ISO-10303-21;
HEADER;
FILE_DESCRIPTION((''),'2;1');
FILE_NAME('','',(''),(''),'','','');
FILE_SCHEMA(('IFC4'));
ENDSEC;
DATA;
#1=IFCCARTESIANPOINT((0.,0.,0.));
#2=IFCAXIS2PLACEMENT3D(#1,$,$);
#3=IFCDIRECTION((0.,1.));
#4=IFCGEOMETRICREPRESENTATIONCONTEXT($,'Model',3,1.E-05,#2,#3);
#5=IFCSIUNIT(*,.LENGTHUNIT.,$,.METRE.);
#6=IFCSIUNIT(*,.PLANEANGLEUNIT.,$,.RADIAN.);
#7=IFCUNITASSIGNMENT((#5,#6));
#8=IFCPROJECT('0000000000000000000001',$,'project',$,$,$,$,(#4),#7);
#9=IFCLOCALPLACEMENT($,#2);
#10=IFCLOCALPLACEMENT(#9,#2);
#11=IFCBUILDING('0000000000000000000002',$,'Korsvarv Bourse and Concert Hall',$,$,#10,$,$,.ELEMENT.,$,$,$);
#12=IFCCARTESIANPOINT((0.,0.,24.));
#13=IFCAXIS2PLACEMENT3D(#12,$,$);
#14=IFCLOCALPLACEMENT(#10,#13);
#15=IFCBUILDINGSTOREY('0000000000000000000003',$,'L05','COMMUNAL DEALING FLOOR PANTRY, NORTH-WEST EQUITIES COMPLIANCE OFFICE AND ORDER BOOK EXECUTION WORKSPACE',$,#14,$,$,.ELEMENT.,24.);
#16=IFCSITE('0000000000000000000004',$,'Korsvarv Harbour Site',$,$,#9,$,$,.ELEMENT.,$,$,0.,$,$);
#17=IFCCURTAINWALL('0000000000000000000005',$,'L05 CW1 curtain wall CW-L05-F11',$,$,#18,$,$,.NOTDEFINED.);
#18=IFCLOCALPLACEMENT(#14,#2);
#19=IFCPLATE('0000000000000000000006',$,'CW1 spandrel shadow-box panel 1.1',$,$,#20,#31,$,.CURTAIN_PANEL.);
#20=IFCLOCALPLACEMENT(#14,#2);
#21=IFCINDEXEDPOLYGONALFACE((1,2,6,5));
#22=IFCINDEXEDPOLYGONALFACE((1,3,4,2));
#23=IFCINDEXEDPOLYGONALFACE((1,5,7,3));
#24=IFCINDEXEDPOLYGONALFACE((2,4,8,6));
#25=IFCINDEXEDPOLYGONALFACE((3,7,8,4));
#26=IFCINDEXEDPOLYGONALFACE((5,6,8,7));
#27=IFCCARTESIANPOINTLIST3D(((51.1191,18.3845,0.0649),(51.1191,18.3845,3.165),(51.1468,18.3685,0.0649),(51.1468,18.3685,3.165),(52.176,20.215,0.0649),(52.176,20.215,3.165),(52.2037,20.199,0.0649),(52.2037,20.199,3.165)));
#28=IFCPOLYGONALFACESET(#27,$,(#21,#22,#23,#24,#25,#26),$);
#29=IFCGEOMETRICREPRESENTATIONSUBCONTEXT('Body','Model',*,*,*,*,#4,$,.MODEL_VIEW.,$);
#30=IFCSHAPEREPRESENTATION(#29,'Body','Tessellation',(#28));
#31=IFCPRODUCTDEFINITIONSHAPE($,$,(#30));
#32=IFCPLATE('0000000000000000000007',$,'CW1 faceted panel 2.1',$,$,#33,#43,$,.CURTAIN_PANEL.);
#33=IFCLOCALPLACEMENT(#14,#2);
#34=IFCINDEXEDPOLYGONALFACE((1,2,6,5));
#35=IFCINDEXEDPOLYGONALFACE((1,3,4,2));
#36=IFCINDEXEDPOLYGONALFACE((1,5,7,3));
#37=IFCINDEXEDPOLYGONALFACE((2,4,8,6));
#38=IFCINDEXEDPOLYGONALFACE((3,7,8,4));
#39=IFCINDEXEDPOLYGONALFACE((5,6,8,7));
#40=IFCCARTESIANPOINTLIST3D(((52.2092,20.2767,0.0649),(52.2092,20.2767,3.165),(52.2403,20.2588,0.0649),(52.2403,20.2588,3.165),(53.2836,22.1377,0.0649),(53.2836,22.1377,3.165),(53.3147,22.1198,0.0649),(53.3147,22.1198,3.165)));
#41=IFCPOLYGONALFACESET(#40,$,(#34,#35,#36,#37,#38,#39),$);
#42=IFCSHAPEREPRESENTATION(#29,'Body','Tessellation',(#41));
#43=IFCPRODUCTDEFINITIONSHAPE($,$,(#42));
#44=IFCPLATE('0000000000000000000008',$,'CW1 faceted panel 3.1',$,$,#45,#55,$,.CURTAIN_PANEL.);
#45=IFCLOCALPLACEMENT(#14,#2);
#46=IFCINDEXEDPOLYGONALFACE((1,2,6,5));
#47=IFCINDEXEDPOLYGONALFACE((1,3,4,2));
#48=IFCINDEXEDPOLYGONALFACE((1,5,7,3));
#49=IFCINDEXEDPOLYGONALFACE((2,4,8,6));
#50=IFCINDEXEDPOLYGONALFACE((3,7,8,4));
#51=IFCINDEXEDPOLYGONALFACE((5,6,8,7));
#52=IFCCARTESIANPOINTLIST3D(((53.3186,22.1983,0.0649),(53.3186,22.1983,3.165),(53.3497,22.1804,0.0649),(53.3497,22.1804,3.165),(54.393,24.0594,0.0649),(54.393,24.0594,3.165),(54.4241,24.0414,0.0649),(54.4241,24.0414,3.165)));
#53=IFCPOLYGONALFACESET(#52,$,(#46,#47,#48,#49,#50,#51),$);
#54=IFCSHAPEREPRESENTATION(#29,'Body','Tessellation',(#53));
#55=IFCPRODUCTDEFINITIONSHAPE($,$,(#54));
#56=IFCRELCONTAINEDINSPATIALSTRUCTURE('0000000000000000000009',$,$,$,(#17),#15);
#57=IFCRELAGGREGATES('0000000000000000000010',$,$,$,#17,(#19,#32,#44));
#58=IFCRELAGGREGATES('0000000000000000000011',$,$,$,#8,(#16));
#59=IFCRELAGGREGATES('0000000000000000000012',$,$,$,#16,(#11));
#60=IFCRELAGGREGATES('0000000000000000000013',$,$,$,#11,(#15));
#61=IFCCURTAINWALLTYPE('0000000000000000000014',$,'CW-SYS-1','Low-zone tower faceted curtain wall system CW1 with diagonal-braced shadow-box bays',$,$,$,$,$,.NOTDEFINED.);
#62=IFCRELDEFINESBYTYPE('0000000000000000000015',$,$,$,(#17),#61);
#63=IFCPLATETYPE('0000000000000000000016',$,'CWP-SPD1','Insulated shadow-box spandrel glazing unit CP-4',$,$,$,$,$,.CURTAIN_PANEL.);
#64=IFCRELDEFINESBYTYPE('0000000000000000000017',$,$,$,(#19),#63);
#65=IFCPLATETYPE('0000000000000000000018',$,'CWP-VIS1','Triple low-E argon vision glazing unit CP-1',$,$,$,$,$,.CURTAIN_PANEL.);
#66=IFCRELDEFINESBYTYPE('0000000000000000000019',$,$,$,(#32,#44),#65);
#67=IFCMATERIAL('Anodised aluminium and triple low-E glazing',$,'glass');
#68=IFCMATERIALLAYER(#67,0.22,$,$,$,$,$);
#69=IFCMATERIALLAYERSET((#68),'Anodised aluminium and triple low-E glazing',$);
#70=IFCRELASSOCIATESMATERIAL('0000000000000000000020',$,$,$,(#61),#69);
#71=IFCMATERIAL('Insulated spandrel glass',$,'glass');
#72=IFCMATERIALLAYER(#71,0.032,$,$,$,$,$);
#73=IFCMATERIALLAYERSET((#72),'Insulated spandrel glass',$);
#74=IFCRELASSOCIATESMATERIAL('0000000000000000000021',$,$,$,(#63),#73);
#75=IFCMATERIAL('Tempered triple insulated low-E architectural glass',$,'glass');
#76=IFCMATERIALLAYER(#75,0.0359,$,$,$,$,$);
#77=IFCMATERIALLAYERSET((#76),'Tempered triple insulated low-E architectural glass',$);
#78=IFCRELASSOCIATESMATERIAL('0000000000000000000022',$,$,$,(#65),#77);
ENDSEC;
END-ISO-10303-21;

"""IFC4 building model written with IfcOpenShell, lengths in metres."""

from ifc_helpers import new_model, si_unit, direction, frame, origin, origin_2d, place, context, subcontext, project, spatial, rectangle, extrude, source, transform, mapped, material, layer, layer_set, type_object, element, aggregate, save


model = new_model("IFC4")

# Units and contexts
model_context = context("Model", 3, precision=1e-05, world=origin(), true_north=direction((0.0, 1.0)))
body_context = subcontext(model_context, "Body", "Model", "MODEL_VIEW")
ifc_project = project(units=[si_unit("LENGTHUNIT", "METRE"), si_unit("PLANEANGLEUNIT", "RADIAN")], contexts=[model_context])

# Site, building, storey
site_placement = place(None, origin())
site = spatial("IfcSite", under=ifc_project, at=site_placement, Name="Korsvarv Harbour Site", CompositionType="ELEMENT", RefElevation=0.0)
building_placement = place(site_placement, origin())
building = spatial("IfcBuilding", under=site, at=building_placement, Name="Korsvarv Bourse and Concert Hall", CompositionType="ELEMENT")
storey_placement = place(building_placement, frame((0.0, 0.0, 24.0)))
storey = spatial("IfcBuildingStorey", under=building, at=storey_placement, Name="L05", Description="COMMUNAL DEALING FLOOR PANTRY, NORTH-WEST EQUITIES COMPLIANCE OFFICE AND ORDER BOOK EXECUTION WORKSPACE", CompositionType="ELEMENT", Elevation=24.0)

# Curtain wall, plates
ifc_material_1 = material(Name="Anodised aluminium and triple low-E glazing", Category="glass")
ifc_layer_1 = layer(ifc_material_1, 0.22)
ifc_layer_set_1 = layer_set([ifc_layer_1], Name="Anodised aluminium and triple low-E glazing")
curtain_wall_type = type_object("IfcCurtainWallType", Name="CW-SYS-1", Description="Low-zone tower faceted curtain wall system CW1 with diagonal-braced shadow-box bays", PredefinedType="NOTDEFINED", material=ifc_layer_set_1)
curtain_wall_placement = place(storey_placement, origin())
curtain_wall = element("IfcCurtainWall", 1, at=curtain_wall_placement, inside=storey, type_object=curtain_wall_type, Name="L05 CW1 curtain wall CW-L05-F11", PredefinedType="NOTDEFINED")
ifc_material_2 = material(Name="Insulated spandrel glass", Category="glass")
ifc_layer_2 = layer(ifc_material_2, 0.032)
ifc_layer_set_2 = layer_set([ifc_layer_2], Name="Insulated spandrel glass")
plate_type_1 = type_object("IfcPlateType", Name="CWP-SPD1", Description="Insulated shadow-box spandrel glazing unit CP-4", PredefinedType="CURTAIN_PANEL", material=ifc_layer_set_2)
shared_shape_1 = source(origin(), body_context, "Body", "SweptSolid", [
    extrude(rectangle(XDim=2.1138, YDim=0.032, at=origin_2d()), origin(), (0.0, 0.0, 1.0), 3.1001),
])
plate_1_placement = place(storey_placement, frame((51.6614, 19.2917, 0.0649), z_axis=(0.0, 0.0, 1.0), x_axis=(0.499995, 0.866029, 0.0)))
plate_1 = element("IfcPlate", 2, at=plate_1_placement, type_object=plate_type_1, Name="CW1 spandrel shadow-box panel 1.1", PredefinedType="CURTAIN_PANEL", context=body_context, shape_type="MappedRepresentation", body=[
    mapped(shared_shape_1, transform((0.0, 0.0, 0.0), scale=1.0)),
])
ifc_material_3 = material(Name="Tempered triple insulated low-E architectural glass", Category="glass")
ifc_layer_3 = layer(ifc_material_3, 0.0359)
ifc_layer_set_3 = layer_set([ifc_layer_3], Name="Tempered triple insulated low-E architectural glass")
plate_type_2 = type_object("IfcPlateType", Name="CWP-VIS1", Description="Triple low-E argon vision glazing unit CP-1", PredefinedType="CURTAIN_PANEL", material=ifc_layer_set_3)
shared_shape_2 = source(origin(), body_context, "Body", "SweptSolid", [
    extrude(rectangle(XDim=2.1489, YDim=0.0359, at=origin_2d()), origin(), (0.0, 0.0, 1.0), 3.1001),
])
plate_2_placement = place(storey_placement, frame((52.762, 21.1982, 0.0649), z_axis=(0.0, 0.0, 1.0), x_axis=(0.499995, 0.866029, 0.0)))
plate_2 = element("IfcPlate", 3, at=plate_2_placement, type_object=plate_type_2, Name="CW1 faceted panel 2.1", PredefinedType="CURTAIN_PANEL", context=body_context, shape_type="MappedRepresentation", body=[
    mapped(shared_shape_2, transform((0.0, 0.0, 0.0), scale=1.0)),
])
plate_3_placement = place(storey_placement, frame((53.8713, 23.1199, 0.0649), z_axis=(0.0, 0.0, 1.0), x_axis=(0.499995, 0.866029, 0.0)))
plate_3 = element("IfcPlate", 4, at=plate_3_placement, type_object=plate_type_2, Name="CW1 faceted panel 3.1", PredefinedType="CURTAIN_PANEL", context=body_context, shape_type="MappedRepresentation", body=[
    mapped(shared_shape_2, transform((0.0, 0.0, 0.0), scale=1.0)),
])
aggregate(curtain_wall, [plate_1, plate_2, plate_3])

save(model, "model.ifc")
